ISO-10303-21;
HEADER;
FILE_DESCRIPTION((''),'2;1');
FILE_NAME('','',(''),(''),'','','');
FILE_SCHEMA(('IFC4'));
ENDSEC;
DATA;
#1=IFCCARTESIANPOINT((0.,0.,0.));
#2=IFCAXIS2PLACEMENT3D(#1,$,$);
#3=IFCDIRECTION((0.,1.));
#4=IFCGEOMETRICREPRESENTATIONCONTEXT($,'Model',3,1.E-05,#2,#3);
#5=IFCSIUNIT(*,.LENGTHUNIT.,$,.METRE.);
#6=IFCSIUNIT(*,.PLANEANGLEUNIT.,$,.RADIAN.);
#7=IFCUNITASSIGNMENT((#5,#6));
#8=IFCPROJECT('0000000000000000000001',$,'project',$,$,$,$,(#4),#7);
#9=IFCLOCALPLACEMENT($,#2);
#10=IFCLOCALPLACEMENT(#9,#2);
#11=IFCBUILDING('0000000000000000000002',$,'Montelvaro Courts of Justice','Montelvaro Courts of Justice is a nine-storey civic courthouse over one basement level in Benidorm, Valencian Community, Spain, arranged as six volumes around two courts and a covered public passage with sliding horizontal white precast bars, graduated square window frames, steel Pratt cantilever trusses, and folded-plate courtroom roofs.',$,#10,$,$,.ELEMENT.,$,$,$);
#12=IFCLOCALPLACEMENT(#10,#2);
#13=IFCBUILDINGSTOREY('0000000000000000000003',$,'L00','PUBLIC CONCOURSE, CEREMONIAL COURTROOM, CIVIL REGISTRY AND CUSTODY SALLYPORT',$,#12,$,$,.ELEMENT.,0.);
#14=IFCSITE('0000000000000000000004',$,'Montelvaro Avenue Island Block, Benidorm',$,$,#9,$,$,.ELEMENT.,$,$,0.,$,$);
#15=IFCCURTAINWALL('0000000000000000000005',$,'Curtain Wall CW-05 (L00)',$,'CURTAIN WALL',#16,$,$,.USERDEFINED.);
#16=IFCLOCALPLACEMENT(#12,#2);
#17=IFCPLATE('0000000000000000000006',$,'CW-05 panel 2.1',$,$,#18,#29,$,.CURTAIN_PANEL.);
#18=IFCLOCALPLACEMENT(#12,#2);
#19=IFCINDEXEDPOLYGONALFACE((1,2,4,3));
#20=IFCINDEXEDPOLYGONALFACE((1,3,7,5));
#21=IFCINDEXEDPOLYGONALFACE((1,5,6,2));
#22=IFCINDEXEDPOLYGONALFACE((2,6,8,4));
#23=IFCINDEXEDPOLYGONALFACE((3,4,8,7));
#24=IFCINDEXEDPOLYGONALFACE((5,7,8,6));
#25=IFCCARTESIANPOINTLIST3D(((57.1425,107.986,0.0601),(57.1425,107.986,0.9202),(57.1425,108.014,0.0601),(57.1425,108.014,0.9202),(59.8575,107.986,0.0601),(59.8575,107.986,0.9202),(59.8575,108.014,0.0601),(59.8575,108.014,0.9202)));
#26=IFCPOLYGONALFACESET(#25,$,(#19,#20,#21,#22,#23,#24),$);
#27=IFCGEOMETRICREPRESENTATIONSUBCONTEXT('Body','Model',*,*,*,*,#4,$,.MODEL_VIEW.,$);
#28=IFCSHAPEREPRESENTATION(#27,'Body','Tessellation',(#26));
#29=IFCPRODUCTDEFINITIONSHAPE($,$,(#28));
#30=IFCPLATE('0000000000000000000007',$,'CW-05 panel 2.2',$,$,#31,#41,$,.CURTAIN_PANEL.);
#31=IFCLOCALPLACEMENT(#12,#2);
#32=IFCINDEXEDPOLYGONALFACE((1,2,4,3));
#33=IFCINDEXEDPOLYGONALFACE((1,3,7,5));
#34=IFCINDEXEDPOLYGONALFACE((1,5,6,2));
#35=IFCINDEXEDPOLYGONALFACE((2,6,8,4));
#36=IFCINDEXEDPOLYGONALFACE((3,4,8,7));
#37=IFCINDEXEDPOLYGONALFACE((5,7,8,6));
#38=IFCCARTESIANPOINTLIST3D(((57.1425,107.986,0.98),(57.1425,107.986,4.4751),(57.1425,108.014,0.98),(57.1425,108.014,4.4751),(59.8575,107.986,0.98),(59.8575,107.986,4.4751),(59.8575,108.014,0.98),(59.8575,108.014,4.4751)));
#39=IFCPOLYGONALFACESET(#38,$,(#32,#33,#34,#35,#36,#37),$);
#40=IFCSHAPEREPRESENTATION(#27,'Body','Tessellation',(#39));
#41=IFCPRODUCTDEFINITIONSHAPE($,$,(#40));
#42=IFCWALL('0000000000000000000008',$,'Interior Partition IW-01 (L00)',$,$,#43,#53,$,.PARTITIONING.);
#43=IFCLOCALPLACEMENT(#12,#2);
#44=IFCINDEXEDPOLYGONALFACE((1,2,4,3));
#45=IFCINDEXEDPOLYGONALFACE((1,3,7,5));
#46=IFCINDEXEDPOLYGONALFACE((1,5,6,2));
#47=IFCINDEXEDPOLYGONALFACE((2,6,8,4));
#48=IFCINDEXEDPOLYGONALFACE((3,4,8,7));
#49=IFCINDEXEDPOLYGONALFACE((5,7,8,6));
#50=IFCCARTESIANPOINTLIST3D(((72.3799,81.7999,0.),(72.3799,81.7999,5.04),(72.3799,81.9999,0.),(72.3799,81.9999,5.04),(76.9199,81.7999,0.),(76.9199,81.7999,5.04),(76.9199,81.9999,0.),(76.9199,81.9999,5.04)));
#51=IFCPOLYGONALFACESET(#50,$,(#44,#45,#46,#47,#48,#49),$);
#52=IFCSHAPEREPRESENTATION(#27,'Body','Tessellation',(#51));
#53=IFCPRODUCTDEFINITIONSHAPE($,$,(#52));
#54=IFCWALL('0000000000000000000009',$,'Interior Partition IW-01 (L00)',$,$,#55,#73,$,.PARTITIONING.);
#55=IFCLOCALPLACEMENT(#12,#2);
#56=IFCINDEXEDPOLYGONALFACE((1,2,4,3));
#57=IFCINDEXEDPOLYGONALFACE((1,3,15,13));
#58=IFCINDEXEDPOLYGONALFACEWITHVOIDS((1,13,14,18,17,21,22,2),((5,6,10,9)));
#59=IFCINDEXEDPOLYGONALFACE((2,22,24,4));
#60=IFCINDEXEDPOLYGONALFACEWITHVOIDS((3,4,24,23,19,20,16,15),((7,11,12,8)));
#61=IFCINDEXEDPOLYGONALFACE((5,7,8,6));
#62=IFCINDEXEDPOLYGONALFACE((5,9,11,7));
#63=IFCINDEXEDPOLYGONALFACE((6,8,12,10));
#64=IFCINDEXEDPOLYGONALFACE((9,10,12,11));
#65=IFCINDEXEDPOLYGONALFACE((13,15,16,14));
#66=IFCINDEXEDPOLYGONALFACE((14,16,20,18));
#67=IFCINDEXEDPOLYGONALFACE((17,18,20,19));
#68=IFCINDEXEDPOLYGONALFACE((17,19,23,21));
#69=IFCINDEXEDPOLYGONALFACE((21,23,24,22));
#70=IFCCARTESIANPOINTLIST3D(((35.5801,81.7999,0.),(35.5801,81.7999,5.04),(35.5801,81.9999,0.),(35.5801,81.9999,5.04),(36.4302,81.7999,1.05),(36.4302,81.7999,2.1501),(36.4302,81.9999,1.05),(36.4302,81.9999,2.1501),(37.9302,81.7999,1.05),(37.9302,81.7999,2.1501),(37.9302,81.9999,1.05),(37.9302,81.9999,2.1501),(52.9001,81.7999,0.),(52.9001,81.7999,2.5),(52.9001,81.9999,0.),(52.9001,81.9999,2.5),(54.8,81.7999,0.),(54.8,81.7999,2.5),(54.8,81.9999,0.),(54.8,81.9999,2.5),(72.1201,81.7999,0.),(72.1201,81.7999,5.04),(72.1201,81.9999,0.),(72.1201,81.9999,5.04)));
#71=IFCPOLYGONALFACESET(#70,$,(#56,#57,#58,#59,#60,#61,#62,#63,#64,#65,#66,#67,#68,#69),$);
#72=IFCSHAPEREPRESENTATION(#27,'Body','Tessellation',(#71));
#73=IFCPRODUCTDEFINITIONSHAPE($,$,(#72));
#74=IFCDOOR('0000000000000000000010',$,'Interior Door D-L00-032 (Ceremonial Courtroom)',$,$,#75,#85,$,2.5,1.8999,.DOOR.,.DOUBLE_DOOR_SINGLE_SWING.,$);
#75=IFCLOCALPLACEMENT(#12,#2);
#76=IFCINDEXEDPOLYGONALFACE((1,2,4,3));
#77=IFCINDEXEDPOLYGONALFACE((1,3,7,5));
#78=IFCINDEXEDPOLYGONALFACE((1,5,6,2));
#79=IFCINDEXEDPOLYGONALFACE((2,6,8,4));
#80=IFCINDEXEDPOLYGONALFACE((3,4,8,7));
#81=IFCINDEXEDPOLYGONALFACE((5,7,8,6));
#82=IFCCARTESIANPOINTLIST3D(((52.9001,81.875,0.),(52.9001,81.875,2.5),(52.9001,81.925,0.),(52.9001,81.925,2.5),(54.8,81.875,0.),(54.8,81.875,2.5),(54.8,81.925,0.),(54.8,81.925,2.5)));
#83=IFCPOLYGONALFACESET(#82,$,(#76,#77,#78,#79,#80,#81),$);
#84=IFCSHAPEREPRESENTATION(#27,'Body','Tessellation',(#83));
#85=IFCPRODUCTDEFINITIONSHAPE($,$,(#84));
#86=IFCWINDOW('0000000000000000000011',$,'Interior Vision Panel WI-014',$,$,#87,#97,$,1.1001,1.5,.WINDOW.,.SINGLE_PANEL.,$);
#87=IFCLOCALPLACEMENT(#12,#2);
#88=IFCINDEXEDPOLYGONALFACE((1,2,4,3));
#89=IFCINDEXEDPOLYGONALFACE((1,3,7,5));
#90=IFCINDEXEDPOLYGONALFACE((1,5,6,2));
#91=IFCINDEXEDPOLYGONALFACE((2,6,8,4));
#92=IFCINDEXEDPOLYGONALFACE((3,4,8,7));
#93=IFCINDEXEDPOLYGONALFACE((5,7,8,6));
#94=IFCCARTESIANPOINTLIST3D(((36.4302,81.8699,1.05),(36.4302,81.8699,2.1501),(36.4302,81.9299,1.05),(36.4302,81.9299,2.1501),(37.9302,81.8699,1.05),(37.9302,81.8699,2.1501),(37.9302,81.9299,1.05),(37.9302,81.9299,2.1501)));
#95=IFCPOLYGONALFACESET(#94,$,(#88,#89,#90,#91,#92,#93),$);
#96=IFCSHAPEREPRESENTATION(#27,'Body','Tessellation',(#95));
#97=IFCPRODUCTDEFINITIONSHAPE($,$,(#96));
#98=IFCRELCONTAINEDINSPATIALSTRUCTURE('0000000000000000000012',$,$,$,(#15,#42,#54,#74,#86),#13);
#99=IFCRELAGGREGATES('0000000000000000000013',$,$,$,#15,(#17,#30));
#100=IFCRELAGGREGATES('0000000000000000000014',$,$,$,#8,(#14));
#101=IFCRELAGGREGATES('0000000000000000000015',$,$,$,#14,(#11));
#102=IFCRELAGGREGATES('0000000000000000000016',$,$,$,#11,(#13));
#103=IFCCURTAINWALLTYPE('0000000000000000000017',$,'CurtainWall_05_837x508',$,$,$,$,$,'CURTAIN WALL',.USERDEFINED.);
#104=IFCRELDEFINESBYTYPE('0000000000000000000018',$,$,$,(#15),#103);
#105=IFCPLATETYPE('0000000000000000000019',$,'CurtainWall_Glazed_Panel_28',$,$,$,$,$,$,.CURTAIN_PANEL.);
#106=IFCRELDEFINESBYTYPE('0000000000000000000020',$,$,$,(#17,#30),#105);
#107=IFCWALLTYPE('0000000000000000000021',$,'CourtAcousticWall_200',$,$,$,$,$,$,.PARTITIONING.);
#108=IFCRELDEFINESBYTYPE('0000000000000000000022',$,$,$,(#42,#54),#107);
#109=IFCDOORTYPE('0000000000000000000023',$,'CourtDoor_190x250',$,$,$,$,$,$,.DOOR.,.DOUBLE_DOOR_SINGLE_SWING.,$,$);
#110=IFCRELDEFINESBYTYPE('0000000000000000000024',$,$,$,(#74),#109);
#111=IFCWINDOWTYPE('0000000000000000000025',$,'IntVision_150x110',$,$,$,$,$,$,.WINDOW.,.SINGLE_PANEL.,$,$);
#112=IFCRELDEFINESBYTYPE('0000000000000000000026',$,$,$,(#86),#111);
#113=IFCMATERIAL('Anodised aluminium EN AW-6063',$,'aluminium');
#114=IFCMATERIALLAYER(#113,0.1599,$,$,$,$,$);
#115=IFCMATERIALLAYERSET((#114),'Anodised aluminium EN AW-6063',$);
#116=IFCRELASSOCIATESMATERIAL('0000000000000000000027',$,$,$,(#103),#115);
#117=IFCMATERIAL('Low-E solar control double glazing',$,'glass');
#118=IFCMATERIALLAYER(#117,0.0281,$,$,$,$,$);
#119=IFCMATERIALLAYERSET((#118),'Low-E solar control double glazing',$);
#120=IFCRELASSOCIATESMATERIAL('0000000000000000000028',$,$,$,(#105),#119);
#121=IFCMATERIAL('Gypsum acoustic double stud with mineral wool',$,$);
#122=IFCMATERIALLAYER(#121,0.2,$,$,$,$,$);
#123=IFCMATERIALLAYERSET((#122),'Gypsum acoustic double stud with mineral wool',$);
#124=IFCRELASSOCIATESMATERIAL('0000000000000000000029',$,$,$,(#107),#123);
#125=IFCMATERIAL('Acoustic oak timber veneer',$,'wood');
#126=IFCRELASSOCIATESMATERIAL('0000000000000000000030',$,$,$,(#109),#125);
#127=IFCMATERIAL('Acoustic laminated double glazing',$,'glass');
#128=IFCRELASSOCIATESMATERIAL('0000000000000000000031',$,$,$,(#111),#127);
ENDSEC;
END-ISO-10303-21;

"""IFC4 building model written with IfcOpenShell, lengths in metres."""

from ifc_helpers import new_model, si_unit, direction, frame, frame_2d, origin, origin_2d, place, context, subcontext, project, spatial, rectangle, extrude, material, layer, layer_set, type_object, element, fill, aggregate, save


model = new_model("IFC4")

# Units and contexts
model_context = context("Model", 3, precision=1e-05, world=origin(), true_north=direction((0.0, 1.0)))
body_context = subcontext(model_context, "Body", "Model", "MODEL_VIEW")
ifc_project = project(units=[si_unit("LENGTHUNIT", "METRE"), si_unit("PLANEANGLEUNIT", "RADIAN")], contexts=[model_context])

# Site, building, storey
site_placement = place(None, origin())
site = spatial("IfcSite", under=ifc_project, at=site_placement, Name="Montelvaro Avenue Island Block, Benidorm", CompositionType="ELEMENT", RefElevation=0.0)
building_placement = place(site_placement, origin())
building = spatial("IfcBuilding", under=site, at=building_placement, Name="Montelvaro Courts of Justice", Description="Montelvaro Courts of Justice is a nine-storey civic courthouse over one basement level in Benidorm, Valencian Community, Spain, arranged as six volumes around two courts and a covered public passage with sliding horizontal white precast bars, graduated square window frames, steel Pratt cantilever trusses, and folded-plate courtroom roofs.", CompositionType="ELEMENT")
storey_placement = place(building_placement, origin())
storey = spatial("IfcBuildingStorey", under=building, at=storey_placement, Name="L00", Description="PUBLIC CONCOURSE, CEREMONIAL COURTROOM, CIVIL REGISTRY AND CUSTODY SALLYPORT", CompositionType="ELEMENT", Elevation=0.0)

# Curtain wall, plates
ifc_material_1 = material(Name="Anodised aluminium EN AW-6063", Category="aluminium")
ifc_layer_1 = layer(ifc_material_1, 0.1599)
ifc_layer_set_1 = layer_set([ifc_layer_1], Name="Anodised aluminium EN AW-6063")
curtain_wall_type = type_object("IfcCurtainWallType", Name="CurtainWall_05_837x508", ElementType="CURTAIN WALL", PredefinedType="USERDEFINED", material=ifc_layer_set_1)
curtain_wall_placement = place(storey_placement, origin())
curtain_wall = element("IfcCurtainWall", 1, at=curtain_wall_placement, inside=storey, type_object=curtain_wall_type, Name="Curtain Wall CW-05 (L00)", ObjectType="CURTAIN WALL", PredefinedType="USERDEFINED")
ifc_material_2 = material(Name="Low-E solar control double glazing", Category="glass")
ifc_layer_2 = layer(ifc_material_2, 0.0281)
ifc_layer_set_2 = layer_set([ifc_layer_2], Name="Low-E solar control double glazing")
plate_type = type_object("IfcPlateType", Name="CurtainWall_Glazed_Panel_28", PredefinedType="CURTAIN_PANEL", material=ifc_layer_set_2)
plate_1_placement = place(storey_placement, frame((58.5, 108.0, 0.0601), z_axis=(0.0, 0.0, 1.0), x_axis=(-1.0, 0.0, 0.0)))
plate_1 = element("IfcPlate", 2, at=plate_1_placement, type_object=plate_type, Name="CW-05 panel 2.1", PredefinedType="CURTAIN_PANEL", context=body_context, shape_type="SweptSolid", body=[
    extrude(rectangle(XDim=2.7151, YDim=0.0281, at=origin_2d()), origin(), (0.0, 0.0, 1.0), 0.8601),
])
plate_2_placement = place(storey_placement, frame((58.5, 108.0, 0.98), z_axis=(0.0, 0.0, 1.0), x_axis=(-1.0, 0.0, 0.0)))
plate_2 = element("IfcPlate", 3, at=plate_2_placement, type_object=plate_type, Name="CW-05 panel 2.2", PredefinedType="CURTAIN_PANEL", context=body_context, shape_type="SweptSolid", body=[
    extrude(rectangle(XDim=2.7151, YDim=0.0281, at=origin_2d()), origin(), (0.0, 0.0, 1.0), 3.4951),
])
aggregate(curtain_wall, [plate_1, plate_2])

# Wall
ifc_material_3 = material(Name="Gypsum acoustic double stud with mineral wool")
ifc_layer_3 = layer(ifc_material_3, 0.2)
ifc_layer_set_3 = layer_set([ifc_layer_3], Name="Gypsum acoustic double stud with mineral wool")
wall_type = type_object("IfcWallType", Name="CourtAcousticWall_200", PredefinedType="PARTITIONING", material=ifc_layer_set_3)
wall_1_placement = place(storey_placement, frame((76.9199, 81.8999, 0.0), z_axis=(0.0, 0.0, 1.0), x_axis=(-1.0, 0.0, 0.0)))
element("IfcWall", 4, at=wall_1_placement, inside=storey, type_object=wall_type, Name="Interior Partition IW-01 (L00)", PredefinedType="PARTITIONING", context=body_context, shape_type="SweptSolid", body=[
    extrude(rectangle(XDim=4.54, YDim=0.2, at=frame_2d((2.27, 0.0))), origin(), (0.0, 0.0, 1.0), 5.04),
])

# Wall, openings, door, window
wall_2_placement = place(storey_placement, frame((72.1201, 81.8999, 0.0), z_axis=(0.0, 0.0, 1.0), x_axis=(-1.0, 0.0, 0.0)))
wall_2 = element("IfcWall", 5, at=wall_2_placement, inside=storey, type_object=wall_type, Name="Interior Partition IW-01 (L00)", PredefinedType="PARTITIONING", context=body_context, shape_type="SweptSolid", body=[
    extrude(rectangle(XDim=36.54, YDim=0.2, at=frame_2d((18.27, 0.0))), origin(), (0.0, 0.0, 1.0), 5.04),
])
opening_1_placement = place(wall_2_placement, frame((17.3201, 0.0, 0.0)))
opening_1 = element("IfcOpeningElement", 6, at=opening_1_placement, cuts=wall_2, PredefinedType="OPENING", context=body_context, shape_type="SweptSolid", body=[
    extrude(rectangle(XDim=1.8999, YDim=2.5, at=frame_2d((0.95, 1.25))), frame((0.0, 0.1147, 0.0), z_axis=(0.0, -1.0, 0.0), x_axis=(1.0, 0.0, 0.0)), (0.0, 0.0, 1.0), 0.2297),
])
opening_2_placement = place(wall_2_placement, frame((34.1899, 0.0, 1.05)))
opening_2 = element("IfcOpeningElement", 7, at=opening_2_placement, cuts=wall_2, PredefinedType="OPENING", context=body_context, shape_type="SweptSolid", body=[
    extrude(rectangle(XDim=1.5, YDim=1.1001, at=frame_2d((0.75, 0.55))), frame((0.0, 0.1147, 0.0), z_axis=(0.0, -1.0, 0.0), x_axis=(1.0, 0.0, 0.0)), (0.0, 0.0, 1.0), 0.2297),
])
ifc_material_4 = material(Name="Acoustic oak timber veneer", Category="wood")
door_type = type_object("IfcDoorType", Name="CourtDoor_190x250", OperationType="DOUBLE_DOOR_SINGLE_SWING", PredefinedType="DOOR", material=ifc_material_4)
door_placement = place(opening_1_placement, origin())
door = element("IfcDoor", 8, at=door_placement, inside=storey, type_object=door_type, Name="Interior Door D-L00-032 (Ceremonial Courtroom)", OperationType="DOUBLE_DOOR_SINGLE_SWING", OverallHeight=2.5, OverallWidth=1.8999, PredefinedType="DOOR", context=body_context, shape_type="SweptSolid", body=[
    extrude(rectangle(XDim=1.8999, YDim=2.5, at=frame_2d((0.95, 1.25))), frame((0.0, 0.0249, 0.0), z_axis=(0.0, -1.0, 0.0), x_axis=(1.0, 0.0, 0.0)), (0.0, 0.0, 1.0), 0.05),
])
fill(opening_1, door)
ifc_material_5 = material(Name="Acoustic laminated double glazing", Category="glass")
window_type = type_object("IfcWindowType", Name="IntVision_150x110", PartitioningType="SINGLE_PANEL", PredefinedType="WINDOW", material=ifc_material_5)
window_placement = place(opening_2_placement, origin())
window = element("IfcWindow", 9, at=window_placement, inside=storey, type_object=window_type, Name="Interior Vision Panel WI-014", OverallHeight=1.1001, OverallWidth=1.5, PartitioningType="SINGLE_PANEL", PredefinedType="WINDOW", context=body_context, shape_type="SweptSolid", body=[
    extrude(rectangle(XDim=1.5, YDim=1.1001, at=frame_2d((0.75, 0.55))), frame((0.0, 0.03, 0.0), z_axis=(0.0, -1.0, 0.0), x_axis=(1.0, 0.0, 0.0)), (0.0, 0.0, 1.0), 0.0601),
])
fill(opening_2, window)

save(model, "model.ifc")
